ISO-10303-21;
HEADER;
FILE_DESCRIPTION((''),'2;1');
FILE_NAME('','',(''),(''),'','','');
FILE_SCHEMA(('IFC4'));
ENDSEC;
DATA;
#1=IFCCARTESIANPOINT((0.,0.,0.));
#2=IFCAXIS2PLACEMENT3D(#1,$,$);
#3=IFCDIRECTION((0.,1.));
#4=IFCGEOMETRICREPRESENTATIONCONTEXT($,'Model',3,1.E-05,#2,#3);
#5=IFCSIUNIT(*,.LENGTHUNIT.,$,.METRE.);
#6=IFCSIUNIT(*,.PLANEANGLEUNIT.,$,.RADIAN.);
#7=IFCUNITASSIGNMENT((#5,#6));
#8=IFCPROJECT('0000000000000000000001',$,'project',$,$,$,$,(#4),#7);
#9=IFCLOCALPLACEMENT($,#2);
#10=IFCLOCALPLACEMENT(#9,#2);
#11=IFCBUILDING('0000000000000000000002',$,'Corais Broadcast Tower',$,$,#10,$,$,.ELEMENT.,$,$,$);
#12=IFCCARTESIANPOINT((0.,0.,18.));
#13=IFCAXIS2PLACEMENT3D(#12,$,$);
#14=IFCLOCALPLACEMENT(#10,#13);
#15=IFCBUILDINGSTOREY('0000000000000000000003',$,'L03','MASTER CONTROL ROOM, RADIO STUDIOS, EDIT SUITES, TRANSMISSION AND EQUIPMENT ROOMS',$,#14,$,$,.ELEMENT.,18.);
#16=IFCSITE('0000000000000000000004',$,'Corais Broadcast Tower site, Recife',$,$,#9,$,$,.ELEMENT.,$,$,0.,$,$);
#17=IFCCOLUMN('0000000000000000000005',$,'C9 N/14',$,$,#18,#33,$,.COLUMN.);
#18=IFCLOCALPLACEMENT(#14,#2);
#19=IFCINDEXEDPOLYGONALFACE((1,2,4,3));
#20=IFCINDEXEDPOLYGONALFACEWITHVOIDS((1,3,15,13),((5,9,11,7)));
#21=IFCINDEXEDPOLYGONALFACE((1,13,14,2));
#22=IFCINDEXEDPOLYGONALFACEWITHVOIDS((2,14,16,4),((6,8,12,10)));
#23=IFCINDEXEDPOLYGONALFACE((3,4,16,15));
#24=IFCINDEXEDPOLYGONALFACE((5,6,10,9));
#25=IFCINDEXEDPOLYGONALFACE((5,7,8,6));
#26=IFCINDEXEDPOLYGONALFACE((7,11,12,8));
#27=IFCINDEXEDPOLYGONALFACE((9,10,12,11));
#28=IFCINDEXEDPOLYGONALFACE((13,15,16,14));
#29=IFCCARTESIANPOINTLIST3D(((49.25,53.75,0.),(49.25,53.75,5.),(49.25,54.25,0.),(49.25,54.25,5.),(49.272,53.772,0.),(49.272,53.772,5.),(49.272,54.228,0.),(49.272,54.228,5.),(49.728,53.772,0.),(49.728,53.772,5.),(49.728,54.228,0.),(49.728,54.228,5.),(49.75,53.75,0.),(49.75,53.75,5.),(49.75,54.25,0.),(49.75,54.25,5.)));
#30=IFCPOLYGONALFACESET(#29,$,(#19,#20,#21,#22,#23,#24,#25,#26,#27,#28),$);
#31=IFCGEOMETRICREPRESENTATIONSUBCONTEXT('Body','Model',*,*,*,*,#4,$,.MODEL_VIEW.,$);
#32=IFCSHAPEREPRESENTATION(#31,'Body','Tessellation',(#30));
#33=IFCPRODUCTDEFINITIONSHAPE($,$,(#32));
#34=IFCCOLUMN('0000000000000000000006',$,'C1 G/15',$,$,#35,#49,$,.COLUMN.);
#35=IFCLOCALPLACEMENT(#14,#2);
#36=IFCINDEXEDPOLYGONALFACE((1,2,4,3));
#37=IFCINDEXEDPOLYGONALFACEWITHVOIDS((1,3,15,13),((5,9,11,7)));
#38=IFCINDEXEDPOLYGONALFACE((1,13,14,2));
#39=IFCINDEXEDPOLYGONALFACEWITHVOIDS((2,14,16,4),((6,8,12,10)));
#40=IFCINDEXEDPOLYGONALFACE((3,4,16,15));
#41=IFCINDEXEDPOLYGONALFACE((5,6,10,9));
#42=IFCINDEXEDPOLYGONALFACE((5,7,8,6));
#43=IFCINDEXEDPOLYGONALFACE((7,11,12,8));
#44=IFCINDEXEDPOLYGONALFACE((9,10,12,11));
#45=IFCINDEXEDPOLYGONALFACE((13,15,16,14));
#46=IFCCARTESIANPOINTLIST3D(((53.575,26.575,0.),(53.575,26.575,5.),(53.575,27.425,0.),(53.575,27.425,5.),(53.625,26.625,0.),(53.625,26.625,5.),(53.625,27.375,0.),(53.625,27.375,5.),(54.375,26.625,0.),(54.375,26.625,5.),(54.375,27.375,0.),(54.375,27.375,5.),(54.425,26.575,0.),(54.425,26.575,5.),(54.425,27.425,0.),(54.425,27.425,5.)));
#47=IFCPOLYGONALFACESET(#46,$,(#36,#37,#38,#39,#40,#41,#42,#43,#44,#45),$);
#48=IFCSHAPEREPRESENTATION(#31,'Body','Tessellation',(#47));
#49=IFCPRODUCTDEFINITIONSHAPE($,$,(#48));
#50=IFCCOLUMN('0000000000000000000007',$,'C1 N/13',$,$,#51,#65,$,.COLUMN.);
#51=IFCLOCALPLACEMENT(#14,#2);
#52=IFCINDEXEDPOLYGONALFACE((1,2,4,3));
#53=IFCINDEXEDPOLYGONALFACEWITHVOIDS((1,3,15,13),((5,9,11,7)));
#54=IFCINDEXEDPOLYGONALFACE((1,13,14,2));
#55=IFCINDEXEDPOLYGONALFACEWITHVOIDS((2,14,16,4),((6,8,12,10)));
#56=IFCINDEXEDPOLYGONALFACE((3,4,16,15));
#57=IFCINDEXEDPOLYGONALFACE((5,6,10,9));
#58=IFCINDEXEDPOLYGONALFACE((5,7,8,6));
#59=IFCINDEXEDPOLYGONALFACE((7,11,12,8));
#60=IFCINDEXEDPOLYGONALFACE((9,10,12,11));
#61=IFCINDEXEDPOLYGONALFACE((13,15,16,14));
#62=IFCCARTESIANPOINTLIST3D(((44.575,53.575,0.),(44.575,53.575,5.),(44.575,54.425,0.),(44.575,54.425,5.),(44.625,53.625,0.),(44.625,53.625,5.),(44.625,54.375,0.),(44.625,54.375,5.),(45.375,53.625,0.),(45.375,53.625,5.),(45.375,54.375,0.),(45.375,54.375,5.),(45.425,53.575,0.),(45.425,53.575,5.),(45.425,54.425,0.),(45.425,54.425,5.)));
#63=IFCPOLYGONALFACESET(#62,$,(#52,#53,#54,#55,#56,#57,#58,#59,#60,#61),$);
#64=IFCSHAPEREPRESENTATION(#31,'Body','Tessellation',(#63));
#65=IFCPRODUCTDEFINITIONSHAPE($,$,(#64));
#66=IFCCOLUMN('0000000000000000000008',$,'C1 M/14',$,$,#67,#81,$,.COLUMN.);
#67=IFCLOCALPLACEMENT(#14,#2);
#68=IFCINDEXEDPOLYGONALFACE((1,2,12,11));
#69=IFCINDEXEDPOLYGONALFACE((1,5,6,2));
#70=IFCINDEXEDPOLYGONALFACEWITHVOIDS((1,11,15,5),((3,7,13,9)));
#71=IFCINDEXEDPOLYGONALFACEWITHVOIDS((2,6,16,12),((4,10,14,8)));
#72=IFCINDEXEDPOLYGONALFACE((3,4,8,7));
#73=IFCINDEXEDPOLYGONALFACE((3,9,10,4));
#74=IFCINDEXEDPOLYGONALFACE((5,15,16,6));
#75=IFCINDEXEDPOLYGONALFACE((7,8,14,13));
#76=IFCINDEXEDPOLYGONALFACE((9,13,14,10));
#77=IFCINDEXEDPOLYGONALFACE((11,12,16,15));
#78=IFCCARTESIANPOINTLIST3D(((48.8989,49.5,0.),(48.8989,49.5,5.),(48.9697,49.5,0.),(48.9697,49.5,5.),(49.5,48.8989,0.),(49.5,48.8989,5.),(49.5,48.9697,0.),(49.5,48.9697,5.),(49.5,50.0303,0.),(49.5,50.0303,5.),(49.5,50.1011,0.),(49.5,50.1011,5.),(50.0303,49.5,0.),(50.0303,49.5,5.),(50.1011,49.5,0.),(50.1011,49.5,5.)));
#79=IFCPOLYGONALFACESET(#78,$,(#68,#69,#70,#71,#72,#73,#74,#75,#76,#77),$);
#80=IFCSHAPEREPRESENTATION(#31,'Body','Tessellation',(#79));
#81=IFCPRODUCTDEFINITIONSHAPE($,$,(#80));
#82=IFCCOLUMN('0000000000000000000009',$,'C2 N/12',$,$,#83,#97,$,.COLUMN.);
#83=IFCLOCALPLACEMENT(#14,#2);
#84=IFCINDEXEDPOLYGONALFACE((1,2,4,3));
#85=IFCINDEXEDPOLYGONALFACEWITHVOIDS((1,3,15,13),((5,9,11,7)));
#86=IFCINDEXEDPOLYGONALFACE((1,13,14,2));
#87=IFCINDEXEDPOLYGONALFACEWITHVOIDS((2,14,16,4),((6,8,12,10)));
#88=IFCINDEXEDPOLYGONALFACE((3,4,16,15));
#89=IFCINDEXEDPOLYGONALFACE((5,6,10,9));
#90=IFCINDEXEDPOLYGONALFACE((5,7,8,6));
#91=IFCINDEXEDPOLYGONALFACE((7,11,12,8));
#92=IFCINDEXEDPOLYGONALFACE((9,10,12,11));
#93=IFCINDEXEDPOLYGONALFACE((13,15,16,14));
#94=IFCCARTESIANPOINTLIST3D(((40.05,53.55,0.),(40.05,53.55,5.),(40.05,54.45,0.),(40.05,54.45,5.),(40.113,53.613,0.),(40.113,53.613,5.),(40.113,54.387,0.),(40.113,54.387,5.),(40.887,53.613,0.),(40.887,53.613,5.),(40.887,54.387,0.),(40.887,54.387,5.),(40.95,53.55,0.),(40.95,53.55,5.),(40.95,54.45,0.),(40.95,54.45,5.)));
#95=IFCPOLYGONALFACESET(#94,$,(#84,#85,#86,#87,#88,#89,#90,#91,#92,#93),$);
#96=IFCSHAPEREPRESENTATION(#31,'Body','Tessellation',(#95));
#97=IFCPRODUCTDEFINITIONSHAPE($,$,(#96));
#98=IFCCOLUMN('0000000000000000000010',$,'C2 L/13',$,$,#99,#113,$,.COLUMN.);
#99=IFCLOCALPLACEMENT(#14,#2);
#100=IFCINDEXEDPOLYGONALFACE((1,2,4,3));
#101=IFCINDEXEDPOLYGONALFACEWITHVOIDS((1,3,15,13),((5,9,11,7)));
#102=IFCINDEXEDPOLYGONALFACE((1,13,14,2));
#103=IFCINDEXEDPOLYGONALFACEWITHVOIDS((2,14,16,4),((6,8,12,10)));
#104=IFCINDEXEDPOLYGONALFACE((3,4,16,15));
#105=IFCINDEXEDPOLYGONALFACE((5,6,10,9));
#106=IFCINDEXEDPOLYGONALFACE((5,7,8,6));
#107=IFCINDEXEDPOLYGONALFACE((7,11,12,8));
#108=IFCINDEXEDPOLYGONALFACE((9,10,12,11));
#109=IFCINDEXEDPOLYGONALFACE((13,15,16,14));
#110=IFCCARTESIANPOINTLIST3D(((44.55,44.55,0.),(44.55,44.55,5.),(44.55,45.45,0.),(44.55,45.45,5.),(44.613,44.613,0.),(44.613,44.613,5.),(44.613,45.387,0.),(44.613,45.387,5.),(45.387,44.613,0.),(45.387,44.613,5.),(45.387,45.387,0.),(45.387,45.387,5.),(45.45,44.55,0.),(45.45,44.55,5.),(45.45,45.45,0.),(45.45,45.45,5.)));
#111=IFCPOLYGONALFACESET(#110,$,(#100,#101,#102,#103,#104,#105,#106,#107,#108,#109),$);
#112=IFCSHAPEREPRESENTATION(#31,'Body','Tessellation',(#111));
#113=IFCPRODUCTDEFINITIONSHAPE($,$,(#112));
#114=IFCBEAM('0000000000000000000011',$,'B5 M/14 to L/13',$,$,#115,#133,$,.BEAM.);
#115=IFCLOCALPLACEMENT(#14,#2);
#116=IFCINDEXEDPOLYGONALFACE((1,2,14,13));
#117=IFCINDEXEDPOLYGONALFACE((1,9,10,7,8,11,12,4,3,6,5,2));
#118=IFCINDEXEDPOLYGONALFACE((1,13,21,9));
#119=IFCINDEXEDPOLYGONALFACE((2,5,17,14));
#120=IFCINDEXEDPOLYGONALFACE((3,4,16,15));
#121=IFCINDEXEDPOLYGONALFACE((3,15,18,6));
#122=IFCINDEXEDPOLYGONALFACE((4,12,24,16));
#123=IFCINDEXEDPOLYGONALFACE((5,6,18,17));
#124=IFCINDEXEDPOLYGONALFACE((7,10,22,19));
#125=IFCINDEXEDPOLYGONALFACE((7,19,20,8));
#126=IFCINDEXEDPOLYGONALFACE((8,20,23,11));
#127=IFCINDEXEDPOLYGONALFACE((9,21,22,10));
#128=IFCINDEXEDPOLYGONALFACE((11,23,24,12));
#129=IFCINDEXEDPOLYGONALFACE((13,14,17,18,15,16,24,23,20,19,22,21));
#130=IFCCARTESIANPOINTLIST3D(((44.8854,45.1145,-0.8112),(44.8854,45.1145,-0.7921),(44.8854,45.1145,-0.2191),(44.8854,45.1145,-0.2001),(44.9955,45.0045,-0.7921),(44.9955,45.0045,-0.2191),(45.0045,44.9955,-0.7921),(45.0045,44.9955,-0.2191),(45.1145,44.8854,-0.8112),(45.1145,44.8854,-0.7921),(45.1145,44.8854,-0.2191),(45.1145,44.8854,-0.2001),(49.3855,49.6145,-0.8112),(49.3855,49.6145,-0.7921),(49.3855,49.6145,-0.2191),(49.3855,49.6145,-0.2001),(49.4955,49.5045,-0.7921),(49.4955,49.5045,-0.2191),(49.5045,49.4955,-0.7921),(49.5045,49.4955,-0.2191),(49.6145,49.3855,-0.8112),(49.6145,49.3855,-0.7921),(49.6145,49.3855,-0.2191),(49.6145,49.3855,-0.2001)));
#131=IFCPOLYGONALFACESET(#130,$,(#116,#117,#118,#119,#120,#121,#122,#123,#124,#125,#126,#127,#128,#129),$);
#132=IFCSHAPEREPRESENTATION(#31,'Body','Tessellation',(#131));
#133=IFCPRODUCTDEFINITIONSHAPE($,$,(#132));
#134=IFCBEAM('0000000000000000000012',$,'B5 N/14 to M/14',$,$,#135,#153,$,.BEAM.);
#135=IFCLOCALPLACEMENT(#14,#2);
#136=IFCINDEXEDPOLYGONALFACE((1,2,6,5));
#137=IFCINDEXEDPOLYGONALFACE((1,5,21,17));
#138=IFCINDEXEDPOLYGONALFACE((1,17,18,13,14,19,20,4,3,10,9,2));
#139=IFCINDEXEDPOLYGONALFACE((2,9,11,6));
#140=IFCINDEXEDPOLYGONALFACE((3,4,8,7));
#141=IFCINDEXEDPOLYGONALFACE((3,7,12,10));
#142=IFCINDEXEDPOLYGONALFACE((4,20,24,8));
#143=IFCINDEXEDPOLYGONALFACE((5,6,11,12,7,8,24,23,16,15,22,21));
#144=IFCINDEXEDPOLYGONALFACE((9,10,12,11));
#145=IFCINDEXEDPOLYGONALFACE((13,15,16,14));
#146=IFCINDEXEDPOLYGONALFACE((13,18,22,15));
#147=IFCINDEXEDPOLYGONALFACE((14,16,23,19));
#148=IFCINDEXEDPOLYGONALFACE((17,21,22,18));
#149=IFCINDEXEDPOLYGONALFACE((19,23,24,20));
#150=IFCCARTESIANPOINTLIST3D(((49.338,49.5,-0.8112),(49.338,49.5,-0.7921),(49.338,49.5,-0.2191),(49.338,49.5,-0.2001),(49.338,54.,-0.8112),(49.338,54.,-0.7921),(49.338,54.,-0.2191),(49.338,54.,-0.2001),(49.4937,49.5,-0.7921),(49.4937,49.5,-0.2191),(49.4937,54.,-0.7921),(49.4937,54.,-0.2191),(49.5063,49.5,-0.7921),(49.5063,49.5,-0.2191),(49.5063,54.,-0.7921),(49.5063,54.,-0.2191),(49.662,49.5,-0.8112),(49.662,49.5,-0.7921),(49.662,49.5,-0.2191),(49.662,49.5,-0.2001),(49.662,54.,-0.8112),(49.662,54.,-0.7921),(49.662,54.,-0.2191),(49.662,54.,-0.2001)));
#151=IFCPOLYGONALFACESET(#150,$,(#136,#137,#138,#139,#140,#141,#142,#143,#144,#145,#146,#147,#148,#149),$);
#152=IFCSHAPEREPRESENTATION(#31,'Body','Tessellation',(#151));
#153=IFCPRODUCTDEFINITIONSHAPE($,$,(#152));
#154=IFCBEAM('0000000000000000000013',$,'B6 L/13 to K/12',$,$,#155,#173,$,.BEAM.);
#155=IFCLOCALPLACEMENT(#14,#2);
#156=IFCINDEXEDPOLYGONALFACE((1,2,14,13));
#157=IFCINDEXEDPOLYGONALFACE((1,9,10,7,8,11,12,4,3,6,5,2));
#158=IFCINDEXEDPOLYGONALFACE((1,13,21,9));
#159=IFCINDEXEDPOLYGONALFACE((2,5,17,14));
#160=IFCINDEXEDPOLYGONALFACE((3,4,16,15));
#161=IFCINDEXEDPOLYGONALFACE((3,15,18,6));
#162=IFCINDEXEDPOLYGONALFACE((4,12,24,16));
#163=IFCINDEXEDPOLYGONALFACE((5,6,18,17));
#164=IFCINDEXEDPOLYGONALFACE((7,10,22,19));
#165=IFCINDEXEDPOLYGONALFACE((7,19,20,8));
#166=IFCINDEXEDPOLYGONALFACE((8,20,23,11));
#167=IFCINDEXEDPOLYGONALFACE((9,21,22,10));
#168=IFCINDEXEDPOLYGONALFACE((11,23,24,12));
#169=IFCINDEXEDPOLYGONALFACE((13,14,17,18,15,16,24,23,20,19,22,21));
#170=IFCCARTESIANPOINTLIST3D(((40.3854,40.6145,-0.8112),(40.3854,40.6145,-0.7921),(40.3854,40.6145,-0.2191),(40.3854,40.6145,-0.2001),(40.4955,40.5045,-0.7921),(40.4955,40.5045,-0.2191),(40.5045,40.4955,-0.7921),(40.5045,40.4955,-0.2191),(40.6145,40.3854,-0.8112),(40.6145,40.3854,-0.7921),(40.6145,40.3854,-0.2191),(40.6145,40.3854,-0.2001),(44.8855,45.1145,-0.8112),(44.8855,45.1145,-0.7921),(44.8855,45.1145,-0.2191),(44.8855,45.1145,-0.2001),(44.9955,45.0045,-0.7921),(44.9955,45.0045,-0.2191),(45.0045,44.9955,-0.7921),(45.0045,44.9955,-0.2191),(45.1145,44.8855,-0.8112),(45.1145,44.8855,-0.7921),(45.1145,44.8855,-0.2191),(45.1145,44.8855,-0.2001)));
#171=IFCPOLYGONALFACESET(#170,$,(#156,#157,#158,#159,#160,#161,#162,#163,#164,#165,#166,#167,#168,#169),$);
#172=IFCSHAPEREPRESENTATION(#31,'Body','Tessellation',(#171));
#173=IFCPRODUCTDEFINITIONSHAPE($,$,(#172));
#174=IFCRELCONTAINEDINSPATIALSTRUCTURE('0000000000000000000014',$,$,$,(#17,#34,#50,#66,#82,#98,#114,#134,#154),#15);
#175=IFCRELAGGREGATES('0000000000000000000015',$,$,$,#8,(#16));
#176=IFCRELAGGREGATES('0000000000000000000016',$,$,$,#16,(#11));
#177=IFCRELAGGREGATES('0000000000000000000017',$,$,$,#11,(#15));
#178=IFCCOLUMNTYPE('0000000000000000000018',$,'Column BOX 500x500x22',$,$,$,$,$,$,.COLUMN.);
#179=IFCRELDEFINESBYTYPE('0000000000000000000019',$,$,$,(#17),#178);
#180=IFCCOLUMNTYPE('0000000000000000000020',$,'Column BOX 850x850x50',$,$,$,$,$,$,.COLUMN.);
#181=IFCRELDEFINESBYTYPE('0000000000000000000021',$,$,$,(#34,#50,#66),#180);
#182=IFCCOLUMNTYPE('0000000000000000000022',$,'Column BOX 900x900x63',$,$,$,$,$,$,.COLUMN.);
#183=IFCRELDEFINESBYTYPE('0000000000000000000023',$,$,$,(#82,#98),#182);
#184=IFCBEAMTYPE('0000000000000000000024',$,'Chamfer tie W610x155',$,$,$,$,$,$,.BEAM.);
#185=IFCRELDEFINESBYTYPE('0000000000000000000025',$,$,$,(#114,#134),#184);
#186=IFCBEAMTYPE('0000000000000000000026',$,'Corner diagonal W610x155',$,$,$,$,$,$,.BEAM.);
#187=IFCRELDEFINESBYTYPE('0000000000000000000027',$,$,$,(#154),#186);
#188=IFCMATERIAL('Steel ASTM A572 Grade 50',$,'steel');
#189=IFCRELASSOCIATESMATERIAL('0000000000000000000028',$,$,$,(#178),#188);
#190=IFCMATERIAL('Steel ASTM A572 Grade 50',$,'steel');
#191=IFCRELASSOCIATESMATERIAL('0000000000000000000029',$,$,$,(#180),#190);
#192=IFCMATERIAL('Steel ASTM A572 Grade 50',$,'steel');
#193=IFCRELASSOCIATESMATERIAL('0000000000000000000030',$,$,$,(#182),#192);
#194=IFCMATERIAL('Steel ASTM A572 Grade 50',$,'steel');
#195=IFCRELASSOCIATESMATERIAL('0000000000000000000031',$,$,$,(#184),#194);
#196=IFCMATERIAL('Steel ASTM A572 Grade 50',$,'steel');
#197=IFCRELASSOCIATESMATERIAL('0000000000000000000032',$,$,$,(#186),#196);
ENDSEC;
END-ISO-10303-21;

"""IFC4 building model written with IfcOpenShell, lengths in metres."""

from ifc_helpers import new_model, si_unit, direction, frame, origin, origin_2d, place, context, subcontext, project, spatial, hollow_rectangle, i_section, extrude, material, material_profile, profile_set, type_object, element, save


model = new_model("IFC4")

# Units and contexts
model_context = context("Model", 3, precision=1e-05, world=origin(), true_north=direction((0.0, 1.0)))
body_context = subcontext(model_context, "Body", "Model", "MODEL_VIEW")
ifc_project = project(units=[si_unit("LENGTHUNIT", "METRE"), si_unit("PLANEANGLEUNIT", "RADIAN")], contexts=[model_context])

# Site, building, storey
site_placement = place(None, origin())
site = spatial("IfcSite", under=ifc_project, at=site_placement, Name="Corais Broadcast Tower site, Recife", CompositionType="ELEMENT", RefElevation=0.0)
building_placement = place(site_placement, origin())
building = spatial("IfcBuilding", under=site, at=building_placement, Name="Corais Broadcast Tower", CompositionType="ELEMENT")
storey_placement = place(building_placement, frame((0.0, 0.0, 18.0)))
storey = spatial("IfcBuildingStorey", under=building, at=storey_placement, Name="L03", Description="MASTER CONTROL ROOM, RADIO STUDIOS, EDIT SUITES, TRANSMISSION AND EQUIPMENT ROOMS", CompositionType="ELEMENT", Elevation=18.0)

# Columns
ifc_material_1 = material(Name="Steel ASTM A572 Grade 50", Category="steel")
ifc_material_profile_1 = material_profile(ifc_material_1, hollow_rectangle(XDim=0.5, YDim=0.5, WallThickness=0.022, at=origin_2d()), Name="BOX 500x500x22")
ifc_profile_set_1 = profile_set([ifc_material_profile_1], Name="Steel ASTM A572 Grade 50")
column_type_1 = type_object("IfcColumnType", Name="Column BOX 500x500x22", PredefinedType="COLUMN", material=ifc_profile_set_1)
column_placement = place(storey_placement, frame((49.5, 54.0, 0.0), z_axis=(0.0, 0.0, 1.0), x_axis=(1.0, 0.0, 0.0)))
element("IfcColumn", 1, at=column_placement, inside=storey, type_object=column_type_1, Name="C9 N/14", PredefinedType="COLUMN", context=body_context, shape_type="SweptSolid", body=[
    extrude(hollow_rectangle(XDim=0.5, YDim=0.5, WallThickness=0.022, at=origin_2d()), origin(), (0.0, 0.0, 1.0), 5.0),
])
ifc_material_2 = material(Name="Steel ASTM A572 Grade 50", Category="steel")
ifc_material_profile_2 = material_profile(ifc_material_2, hollow_rectangle(XDim=0.8501, YDim=0.8501, WallThickness=0.05, at=origin_2d()), Name="BOX 850x850x50")
ifc_profile_set_2 = profile_set([ifc_material_profile_2], Name="Steel ASTM A572 Grade 50")
column_type_2 = type_object("IfcColumnType", Name="Column BOX 850x850x50", PredefinedType="COLUMN", material=ifc_profile_set_2)
for number, where, z_axis, x_axis, name in (
    (2, (54.0, 27.0, 0.0), (0.0, 0.0, 1.0), (1.0, 0.0, 0.0), "C1 G/15"),
    (3, (45.0, 54.0, 0.0), (0.0, 0.0, 1.0), (1.0, 0.0, 0.0), "C1 N/13"),
    (4, (49.5, 49.5, 0.0), (0.0, 0.0, 1.0), (0.707107, 0.707107, 0.0), "C1 M/14"),
):
    element("IfcColumn", number, at=place(storey_placement, frame(where, z_axis=z_axis, x_axis=x_axis)), inside=storey, type_object=column_type_2, Name=name, PredefinedType="COLUMN", context=body_context, shape_type="SweptSolid", body=[
        extrude(hollow_rectangle(XDim=0.8501, YDim=0.8501, WallThickness=0.05, at=origin_2d()), origin(), (0.0, 0.0, 1.0), 5.0),
    ])
ifc_material_3 = material(Name="Steel ASTM A572 Grade 50", Category="steel")
ifc_material_profile_3 = material_profile(ifc_material_3, hollow_rectangle(XDim=0.8999, YDim=0.8999, WallThickness=0.063, at=origin_2d()), Name="BOX 900x900x63")
ifc_profile_set_3 = profile_set([ifc_material_profile_3], Name="Steel ASTM A572 Grade 50")
column_type_3 = type_object("IfcColumnType", Name="Column BOX 900x900x63", PredefinedType="COLUMN", material=ifc_profile_set_3)
for number, where, z_axis, x_axis, name in (
    (5, (40.5, 54.0, 0.0), (0.0, 0.0, 1.0), (1.0, 0.0, 0.0), "C2 N/12"),
    (6, (45.0, 45.0, 0.0), (0.0, 0.0, 1.0), (1.0, 0.0, 0.0), "C2 L/13"),
):
    element("IfcColumn", number, at=place(storey_placement, frame(where, z_axis=z_axis, x_axis=x_axis)), inside=storey, type_object=column_type_3, Name=name, PredefinedType="COLUMN", context=body_context, shape_type="SweptSolid", body=[
        extrude(hollow_rectangle(XDim=0.8999, YDim=0.8999, WallThickness=0.063, at=origin_2d()), origin(), (0.0, 0.0, 1.0), 5.0),
    ])

# Beams
ifc_material_4 = material(Name="Steel ASTM A572 Grade 50", Category="steel")
ifc_material_profile_4 = material_profile(ifc_material_4, i_section(OverallWidth=0.324, OverallDepth=0.6111, WebThickness=0.0127, FlangeThickness=0.019, at=origin_2d()), Name="W610x155")
ifc_profile_set_4 = profile_set([ifc_material_profile_4], Name="Steel ASTM A572 Grade 50")
beam_type_1 = type_object("IfcBeamType", Name="Chamfer tie W610x155", PredefinedType="BEAM", material=ifc_profile_set_4)
beam_1_placement = place(storey_placement, frame((49.5, 49.5, -0.5056), z_axis=(-0.707107, -0.707107, 0.0), x_axis=(0.707107, -0.707107, 0.0)))
element("IfcBeam", 7, at=beam_1_placement, inside=storey, type_object=beam_type_1, Name="B5 M/14 to L/13", PredefinedType="BEAM", context=body_context, shape_type="SweptSolid", body=[
    extrude(i_section(OverallWidth=0.324, OverallDepth=0.6111, WebThickness=0.0127, FlangeThickness=0.019, at=origin_2d()), origin(), (0.0, 0.0, 1.0), 6.364),
])
beam_2_placement = place(storey_placement, frame((49.5, 54.0, -0.5056), z_axis=(0.0, -1.0, 0.0), x_axis=(1.0, 0.0, 0.0)))
element("IfcBeam", 8, at=beam_2_placement, inside=storey, type_object=beam_type_1, Name="B5 N/14 to M/14", PredefinedType="BEAM", context=body_context, shape_type="SweptSolid", body=[
    extrude(i_section(OverallWidth=0.324, OverallDepth=0.6111, WebThickness=0.0127, FlangeThickness=0.019, at=origin_2d()), origin(), (0.0, 0.0, 1.0), 4.5),
])
ifc_material_5 = material(Name="Steel ASTM A572 Grade 50", Category="steel")
ifc_material_profile_5 = material_profile(ifc_material_5, i_section(OverallWidth=0.324, OverallDepth=0.6111, WebThickness=0.0127, FlangeThickness=0.019, at=origin_2d()), Name="W610x155")
ifc_profile_set_5 = profile_set([ifc_material_profile_5], Name="Steel ASTM A572 Grade 50")
beam_type_2 = type_object("IfcBeamType", Name="Corner diagonal W610x155", PredefinedType="BEAM", material=ifc_profile_set_5)
beam_3_placement = place(storey_placement, frame((45.0, 45.0, -0.5056), z_axis=(-0.707107, -0.707107, 0.0), x_axis=(0.707107, -0.707107, 0.0)))
element("IfcBeam", 9, at=beam_3_placement, inside=storey, type_object=beam_type_2, Name="B6 L/13 to K/12", PredefinedType="BEAM", context=body_context, shape_type="SweptSolid", body=[
    extrude(i_section(OverallWidth=0.324, OverallDepth=0.6111, WebThickness=0.0127, FlangeThickness=0.019, at=origin_2d()), origin(), (0.0, 0.0, 1.0), 6.364),
])

save(model, "model.ifc")
